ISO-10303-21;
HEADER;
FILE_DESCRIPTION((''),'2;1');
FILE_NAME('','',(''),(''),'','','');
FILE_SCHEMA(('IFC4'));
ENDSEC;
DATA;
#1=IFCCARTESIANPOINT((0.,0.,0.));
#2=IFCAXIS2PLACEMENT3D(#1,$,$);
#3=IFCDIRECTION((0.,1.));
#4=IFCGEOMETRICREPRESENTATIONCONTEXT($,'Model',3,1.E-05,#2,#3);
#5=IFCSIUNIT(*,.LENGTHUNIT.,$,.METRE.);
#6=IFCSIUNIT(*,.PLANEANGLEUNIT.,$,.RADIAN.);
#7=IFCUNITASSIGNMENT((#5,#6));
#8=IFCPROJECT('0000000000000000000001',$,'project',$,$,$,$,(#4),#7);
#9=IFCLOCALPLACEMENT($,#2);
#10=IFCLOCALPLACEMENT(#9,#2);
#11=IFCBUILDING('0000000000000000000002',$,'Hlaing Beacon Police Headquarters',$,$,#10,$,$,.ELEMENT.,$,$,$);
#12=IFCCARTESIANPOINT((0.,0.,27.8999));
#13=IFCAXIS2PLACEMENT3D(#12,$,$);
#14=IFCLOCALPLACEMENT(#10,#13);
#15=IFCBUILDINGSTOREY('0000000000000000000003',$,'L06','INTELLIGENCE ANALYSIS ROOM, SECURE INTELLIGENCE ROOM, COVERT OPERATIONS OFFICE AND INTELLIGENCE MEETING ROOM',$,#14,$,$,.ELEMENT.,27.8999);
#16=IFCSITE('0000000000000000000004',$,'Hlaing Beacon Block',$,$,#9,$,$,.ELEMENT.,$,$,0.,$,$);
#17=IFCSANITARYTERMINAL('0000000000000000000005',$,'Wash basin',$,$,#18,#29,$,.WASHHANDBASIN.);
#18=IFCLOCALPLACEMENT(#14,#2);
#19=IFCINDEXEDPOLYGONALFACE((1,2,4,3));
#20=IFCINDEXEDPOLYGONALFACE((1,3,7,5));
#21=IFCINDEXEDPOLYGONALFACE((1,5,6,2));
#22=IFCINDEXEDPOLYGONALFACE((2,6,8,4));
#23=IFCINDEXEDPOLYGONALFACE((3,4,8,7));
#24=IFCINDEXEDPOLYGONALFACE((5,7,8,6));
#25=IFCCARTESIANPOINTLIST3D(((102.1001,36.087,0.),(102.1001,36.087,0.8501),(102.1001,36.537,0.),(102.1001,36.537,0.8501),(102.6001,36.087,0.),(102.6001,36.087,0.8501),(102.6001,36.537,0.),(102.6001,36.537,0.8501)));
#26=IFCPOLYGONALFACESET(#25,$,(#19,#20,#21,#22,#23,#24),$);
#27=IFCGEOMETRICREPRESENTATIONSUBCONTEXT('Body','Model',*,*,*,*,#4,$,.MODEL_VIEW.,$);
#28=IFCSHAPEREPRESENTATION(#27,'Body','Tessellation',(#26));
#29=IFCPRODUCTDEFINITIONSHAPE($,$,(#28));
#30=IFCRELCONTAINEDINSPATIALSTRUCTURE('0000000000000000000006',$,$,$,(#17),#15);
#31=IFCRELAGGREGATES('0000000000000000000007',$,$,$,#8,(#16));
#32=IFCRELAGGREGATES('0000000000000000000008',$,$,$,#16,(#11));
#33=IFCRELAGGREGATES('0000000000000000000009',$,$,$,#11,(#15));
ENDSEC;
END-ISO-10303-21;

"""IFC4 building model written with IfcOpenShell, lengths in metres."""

from ifc_helpers import new_model, si_unit, direction, frame, origin, origin_2d, place, context, subcontext, project, spatial, rectangle, extrude, element, save


model = new_model("IFC4")

# Units and contexts
model_context = context("Model", 3, precision=1e-05, world=origin(), true_north=direction((0.0, 1.0)))
body_context = subcontext(model_context, "Body", "Model", "MODEL_VIEW")
ifc_project = project(units=[si_unit("LENGTHUNIT", "METRE"), si_unit("PLANEANGLEUNIT", "RADIAN")], contexts=[model_context])

# Site, building, storey
site_placement = place(None, origin())
site = spatial("IfcSite", under=ifc_project, at=site_placement, Name="Hlaing Beacon Block", CompositionType="ELEMENT", RefElevation=0.0)
building_placement = place(site_placement, origin())
building = spatial("IfcBuilding", under=site, at=building_placement, Name="Hlaing Beacon Police Headquarters", CompositionType="ELEMENT")
storey_placement = place(building_placement, frame((0.0, 0.0, 27.8999)))
storey = spatial("IfcBuildingStorey", under=building, at=storey_placement, Name="L06", Description="INTELLIGENCE ANALYSIS ROOM, SECURE INTELLIGENCE ROOM, COVERT OPERATIONS OFFICE AND INTELLIGENCE MEETING ROOM", CompositionType="ELEMENT", Elevation=27.8999)

# Sanitary terminal
for number, where, z_axis, x_axis, name in (
    (1, (102.3501, 36.312, 0.0), (0.0, 0.0, 1.0), (1.0, 0.0, 0.0), "Wash basin"),
):
    element("IfcSanitaryTerminal", number, at=place(storey_placement, frame(where, z_axis=z_axis, x_axis=x_axis)), inside=storey, Name=name, PredefinedType="WASHHANDBASIN", context=body_context, shape_type="SweptSolid", body=[
        extrude(rectangle(XDim=0.5, YDim=0.45, at=origin_2d()), origin(), (0.0, 0.0, 1.0), 0.8501),
    ])

save(model, "model.ifc")
